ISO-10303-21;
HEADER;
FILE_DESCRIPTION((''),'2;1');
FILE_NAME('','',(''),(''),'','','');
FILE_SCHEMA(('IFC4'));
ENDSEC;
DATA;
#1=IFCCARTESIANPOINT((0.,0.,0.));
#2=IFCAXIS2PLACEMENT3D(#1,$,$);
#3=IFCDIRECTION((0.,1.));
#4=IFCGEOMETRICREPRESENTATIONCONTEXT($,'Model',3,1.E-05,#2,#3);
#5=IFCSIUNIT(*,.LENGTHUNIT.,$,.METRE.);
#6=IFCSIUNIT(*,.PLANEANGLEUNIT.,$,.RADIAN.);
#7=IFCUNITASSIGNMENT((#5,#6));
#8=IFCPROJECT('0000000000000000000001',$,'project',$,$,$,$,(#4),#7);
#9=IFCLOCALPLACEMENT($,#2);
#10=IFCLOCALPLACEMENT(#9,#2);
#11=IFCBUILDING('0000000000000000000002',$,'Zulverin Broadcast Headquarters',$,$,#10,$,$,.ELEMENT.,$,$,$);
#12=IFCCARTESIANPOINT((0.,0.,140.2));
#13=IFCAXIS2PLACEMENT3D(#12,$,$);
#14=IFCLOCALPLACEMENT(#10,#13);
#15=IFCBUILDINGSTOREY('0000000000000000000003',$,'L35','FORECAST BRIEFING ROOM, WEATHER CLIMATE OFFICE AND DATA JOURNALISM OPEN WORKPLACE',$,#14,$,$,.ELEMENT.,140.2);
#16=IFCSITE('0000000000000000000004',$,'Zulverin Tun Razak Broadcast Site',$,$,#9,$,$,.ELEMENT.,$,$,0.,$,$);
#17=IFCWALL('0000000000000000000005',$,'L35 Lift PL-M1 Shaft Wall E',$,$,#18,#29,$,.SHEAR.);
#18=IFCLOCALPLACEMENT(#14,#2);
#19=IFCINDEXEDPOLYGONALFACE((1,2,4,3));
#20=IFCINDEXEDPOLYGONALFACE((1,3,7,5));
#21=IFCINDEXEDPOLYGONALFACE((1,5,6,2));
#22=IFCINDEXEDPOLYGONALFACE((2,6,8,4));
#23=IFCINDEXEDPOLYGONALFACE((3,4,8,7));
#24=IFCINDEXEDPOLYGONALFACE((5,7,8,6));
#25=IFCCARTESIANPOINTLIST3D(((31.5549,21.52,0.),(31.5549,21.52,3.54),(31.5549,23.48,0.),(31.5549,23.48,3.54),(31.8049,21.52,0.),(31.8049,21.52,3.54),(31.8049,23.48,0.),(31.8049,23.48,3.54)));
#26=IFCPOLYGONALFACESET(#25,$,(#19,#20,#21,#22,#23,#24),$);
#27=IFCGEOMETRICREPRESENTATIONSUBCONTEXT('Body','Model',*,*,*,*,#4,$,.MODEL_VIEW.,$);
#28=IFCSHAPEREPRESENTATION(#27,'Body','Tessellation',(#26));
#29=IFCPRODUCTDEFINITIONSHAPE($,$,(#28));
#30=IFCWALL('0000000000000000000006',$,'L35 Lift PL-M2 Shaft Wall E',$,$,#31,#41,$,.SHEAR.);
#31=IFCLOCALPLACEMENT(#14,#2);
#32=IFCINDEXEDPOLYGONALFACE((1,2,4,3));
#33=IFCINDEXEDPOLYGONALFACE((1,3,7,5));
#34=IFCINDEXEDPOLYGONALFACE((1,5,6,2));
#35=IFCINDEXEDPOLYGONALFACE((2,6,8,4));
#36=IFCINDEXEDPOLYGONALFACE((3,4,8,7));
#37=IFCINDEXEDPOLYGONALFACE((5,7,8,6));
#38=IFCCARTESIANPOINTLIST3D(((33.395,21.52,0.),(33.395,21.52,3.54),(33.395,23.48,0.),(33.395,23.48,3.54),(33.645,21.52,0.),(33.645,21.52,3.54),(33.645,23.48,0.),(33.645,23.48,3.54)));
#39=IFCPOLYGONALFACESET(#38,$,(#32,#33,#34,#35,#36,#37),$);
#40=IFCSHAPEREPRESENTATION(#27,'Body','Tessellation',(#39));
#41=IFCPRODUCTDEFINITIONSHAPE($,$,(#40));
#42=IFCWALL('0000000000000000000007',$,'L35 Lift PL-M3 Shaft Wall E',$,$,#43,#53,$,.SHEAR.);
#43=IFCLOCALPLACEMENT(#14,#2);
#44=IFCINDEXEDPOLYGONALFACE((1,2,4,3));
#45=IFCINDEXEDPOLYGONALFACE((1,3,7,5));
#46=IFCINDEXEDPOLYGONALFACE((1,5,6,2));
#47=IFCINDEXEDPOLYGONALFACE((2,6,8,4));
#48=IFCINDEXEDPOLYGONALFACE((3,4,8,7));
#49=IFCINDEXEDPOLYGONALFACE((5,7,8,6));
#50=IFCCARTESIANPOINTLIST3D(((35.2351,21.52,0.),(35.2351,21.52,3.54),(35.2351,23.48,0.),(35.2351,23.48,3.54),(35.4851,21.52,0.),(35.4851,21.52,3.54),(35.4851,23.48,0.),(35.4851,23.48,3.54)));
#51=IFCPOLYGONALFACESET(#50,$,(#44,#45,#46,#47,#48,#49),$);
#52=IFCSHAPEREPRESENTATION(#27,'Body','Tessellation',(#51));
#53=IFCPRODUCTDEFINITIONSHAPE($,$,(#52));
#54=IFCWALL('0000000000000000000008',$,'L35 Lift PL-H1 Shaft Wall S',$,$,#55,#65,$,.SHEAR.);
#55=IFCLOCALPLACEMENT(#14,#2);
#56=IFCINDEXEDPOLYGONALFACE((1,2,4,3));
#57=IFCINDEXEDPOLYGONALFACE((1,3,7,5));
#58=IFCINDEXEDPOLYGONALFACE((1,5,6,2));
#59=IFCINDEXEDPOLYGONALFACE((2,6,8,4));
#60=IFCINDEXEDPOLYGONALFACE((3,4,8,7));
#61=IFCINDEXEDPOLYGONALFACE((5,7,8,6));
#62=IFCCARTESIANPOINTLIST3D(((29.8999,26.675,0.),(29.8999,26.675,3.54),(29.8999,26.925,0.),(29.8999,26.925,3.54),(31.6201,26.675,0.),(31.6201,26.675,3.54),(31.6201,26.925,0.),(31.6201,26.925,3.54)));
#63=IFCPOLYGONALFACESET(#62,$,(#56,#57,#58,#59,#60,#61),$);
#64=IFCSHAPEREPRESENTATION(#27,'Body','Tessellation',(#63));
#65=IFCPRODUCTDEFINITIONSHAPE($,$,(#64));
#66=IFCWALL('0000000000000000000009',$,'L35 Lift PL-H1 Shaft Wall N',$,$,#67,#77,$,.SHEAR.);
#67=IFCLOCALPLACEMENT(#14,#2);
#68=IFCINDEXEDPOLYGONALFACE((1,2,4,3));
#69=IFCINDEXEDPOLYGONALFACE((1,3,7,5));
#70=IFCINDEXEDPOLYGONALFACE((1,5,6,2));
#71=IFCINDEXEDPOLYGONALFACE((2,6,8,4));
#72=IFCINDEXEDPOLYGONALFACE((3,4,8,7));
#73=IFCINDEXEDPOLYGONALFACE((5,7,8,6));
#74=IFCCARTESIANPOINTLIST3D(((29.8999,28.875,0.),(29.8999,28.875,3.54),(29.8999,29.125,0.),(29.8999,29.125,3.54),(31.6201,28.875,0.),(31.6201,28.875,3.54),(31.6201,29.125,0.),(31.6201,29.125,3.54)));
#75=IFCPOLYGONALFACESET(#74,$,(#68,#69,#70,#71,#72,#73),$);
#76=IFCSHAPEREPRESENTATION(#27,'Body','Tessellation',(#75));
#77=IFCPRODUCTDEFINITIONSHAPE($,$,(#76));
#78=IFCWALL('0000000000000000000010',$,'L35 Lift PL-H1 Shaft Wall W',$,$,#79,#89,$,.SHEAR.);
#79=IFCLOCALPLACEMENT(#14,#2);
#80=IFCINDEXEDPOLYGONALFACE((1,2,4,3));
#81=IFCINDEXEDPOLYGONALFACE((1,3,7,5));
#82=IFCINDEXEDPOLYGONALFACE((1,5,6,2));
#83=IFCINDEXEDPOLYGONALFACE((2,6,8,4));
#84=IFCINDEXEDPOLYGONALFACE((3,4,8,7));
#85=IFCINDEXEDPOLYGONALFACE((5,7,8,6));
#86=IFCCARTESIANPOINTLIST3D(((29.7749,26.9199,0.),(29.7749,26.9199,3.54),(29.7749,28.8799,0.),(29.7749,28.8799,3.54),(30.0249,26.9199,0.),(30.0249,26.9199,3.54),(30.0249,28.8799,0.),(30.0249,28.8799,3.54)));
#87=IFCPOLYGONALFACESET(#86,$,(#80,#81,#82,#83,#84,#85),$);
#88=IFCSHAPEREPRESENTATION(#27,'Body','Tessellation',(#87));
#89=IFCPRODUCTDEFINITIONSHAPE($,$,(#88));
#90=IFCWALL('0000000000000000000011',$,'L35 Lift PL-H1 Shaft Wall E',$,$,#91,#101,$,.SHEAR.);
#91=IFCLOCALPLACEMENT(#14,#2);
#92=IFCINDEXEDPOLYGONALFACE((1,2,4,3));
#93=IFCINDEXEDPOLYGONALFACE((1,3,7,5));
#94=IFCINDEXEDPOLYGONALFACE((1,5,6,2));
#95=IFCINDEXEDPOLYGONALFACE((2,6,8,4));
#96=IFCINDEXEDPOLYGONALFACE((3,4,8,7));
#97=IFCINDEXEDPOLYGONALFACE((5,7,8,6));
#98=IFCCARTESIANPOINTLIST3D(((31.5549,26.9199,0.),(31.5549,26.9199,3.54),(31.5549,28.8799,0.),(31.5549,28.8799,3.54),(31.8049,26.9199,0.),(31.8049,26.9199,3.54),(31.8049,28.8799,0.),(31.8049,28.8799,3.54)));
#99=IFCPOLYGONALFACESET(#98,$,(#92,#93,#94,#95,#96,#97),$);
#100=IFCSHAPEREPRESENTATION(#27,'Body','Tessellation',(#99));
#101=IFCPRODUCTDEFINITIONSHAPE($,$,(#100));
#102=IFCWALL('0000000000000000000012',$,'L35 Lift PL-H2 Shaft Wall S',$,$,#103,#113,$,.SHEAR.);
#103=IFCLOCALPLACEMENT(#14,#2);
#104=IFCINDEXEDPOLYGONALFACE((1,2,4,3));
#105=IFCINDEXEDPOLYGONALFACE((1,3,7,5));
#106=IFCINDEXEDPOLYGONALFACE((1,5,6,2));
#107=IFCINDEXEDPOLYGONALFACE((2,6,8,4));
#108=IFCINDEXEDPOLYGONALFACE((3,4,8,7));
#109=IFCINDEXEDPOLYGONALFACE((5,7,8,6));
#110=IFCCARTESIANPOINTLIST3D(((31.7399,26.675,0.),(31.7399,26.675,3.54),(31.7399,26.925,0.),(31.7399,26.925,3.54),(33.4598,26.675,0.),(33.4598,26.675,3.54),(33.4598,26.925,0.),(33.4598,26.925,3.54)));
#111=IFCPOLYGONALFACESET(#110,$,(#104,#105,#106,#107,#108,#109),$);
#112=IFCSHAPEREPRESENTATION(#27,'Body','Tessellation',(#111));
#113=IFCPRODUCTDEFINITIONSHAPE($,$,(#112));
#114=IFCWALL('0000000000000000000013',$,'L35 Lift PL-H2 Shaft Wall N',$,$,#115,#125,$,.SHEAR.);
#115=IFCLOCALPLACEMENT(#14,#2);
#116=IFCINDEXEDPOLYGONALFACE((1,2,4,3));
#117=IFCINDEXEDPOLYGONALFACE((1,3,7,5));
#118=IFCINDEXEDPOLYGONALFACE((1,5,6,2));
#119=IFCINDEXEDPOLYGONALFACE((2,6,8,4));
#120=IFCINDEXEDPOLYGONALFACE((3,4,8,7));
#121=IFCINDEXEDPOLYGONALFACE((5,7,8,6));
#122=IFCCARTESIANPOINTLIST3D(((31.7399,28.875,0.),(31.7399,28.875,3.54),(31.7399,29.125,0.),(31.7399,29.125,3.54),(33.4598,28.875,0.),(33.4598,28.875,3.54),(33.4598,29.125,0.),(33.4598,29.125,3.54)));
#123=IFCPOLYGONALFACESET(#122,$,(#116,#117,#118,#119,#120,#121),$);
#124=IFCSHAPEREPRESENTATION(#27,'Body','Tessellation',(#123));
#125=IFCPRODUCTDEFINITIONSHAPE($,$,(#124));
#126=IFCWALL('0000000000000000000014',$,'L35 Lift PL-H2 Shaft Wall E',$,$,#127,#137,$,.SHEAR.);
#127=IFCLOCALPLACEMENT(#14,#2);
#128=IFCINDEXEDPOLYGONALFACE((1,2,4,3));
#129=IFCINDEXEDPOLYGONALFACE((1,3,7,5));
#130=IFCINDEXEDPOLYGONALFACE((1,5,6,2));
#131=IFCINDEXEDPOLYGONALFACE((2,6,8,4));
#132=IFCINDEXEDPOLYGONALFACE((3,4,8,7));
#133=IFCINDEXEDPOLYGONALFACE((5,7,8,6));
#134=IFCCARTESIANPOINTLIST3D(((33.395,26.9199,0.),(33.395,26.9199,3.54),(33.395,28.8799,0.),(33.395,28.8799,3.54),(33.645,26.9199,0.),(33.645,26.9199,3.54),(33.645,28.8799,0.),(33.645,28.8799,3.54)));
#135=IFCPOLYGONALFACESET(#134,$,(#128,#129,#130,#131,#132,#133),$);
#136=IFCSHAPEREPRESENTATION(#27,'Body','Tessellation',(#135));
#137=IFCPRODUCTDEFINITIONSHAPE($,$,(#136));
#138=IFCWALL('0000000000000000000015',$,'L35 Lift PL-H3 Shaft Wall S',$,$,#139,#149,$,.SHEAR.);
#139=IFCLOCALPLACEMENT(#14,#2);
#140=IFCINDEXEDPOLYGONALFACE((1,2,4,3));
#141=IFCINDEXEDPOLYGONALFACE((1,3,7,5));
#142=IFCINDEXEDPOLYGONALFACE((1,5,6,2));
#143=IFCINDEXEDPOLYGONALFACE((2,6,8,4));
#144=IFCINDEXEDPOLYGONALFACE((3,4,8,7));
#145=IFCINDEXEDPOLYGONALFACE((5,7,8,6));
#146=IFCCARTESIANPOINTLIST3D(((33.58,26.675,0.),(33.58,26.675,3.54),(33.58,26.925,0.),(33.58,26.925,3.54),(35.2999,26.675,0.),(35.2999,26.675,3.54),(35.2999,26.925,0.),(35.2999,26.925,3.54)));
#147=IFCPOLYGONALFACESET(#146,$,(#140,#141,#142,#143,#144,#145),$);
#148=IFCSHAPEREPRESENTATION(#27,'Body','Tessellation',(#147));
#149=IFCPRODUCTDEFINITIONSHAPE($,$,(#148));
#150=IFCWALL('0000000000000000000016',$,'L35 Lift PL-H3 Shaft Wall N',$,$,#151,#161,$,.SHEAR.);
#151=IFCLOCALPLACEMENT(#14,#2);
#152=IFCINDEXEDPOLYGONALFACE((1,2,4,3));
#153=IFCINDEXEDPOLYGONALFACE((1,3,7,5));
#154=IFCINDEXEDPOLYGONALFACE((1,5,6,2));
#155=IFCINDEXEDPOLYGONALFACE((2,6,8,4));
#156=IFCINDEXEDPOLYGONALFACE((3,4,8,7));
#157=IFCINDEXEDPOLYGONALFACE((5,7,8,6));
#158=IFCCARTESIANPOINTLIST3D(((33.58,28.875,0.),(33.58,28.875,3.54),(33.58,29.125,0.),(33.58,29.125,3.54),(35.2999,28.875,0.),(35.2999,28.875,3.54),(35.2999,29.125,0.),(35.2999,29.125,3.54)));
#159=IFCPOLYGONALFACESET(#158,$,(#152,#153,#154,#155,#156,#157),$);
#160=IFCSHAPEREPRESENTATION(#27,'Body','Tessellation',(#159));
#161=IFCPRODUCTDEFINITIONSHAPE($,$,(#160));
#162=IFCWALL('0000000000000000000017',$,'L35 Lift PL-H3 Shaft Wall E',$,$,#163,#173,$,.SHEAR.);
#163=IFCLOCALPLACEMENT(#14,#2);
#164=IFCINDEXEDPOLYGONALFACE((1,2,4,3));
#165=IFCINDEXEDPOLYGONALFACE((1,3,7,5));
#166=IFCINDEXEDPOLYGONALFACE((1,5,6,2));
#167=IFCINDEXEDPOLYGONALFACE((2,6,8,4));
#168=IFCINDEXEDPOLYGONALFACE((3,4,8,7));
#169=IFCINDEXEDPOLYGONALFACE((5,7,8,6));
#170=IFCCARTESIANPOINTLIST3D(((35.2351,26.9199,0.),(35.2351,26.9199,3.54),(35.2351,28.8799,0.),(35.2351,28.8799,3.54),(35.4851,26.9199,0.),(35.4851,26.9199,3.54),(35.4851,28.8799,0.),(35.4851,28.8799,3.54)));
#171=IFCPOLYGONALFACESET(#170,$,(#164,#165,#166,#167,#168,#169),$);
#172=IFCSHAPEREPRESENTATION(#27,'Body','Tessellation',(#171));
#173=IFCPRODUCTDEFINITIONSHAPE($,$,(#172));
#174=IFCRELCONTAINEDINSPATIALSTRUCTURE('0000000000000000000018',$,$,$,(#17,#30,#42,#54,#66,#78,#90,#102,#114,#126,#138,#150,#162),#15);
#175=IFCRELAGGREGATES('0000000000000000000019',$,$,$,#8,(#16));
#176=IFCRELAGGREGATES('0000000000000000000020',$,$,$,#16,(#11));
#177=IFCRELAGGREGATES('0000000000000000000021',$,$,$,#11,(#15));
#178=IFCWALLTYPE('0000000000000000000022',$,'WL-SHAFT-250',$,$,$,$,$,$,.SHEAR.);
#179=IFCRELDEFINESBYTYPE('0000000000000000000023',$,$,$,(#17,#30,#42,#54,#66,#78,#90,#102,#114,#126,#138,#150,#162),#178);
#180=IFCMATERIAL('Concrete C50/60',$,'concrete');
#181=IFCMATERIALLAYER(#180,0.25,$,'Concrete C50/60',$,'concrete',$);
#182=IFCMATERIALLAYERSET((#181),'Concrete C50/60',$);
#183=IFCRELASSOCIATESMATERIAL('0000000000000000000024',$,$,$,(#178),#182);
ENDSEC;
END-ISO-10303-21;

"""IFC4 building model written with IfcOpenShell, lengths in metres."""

from ifc_helpers import new_model, si_unit, direction, frame, frame_2d, origin, place, context, subcontext, project, spatial, rectangle, extrude, material, layer, layer_set, type_object, element, save


model = new_model("IFC4")

# Units and contexts
model_context = context("Model", 3, precision=1e-05, world=origin(), true_north=direction((0.0, 1.0)))
body_context = subcontext(model_context, "Body", "Model", "MODEL_VIEW")
ifc_project = project(units=[si_unit("LENGTHUNIT", "METRE"), si_unit("PLANEANGLEUNIT", "RADIAN")], contexts=[model_context])

# Site, building, storey
site_placement = place(None, origin())
site = spatial("IfcSite", under=ifc_project, at=site_placement, Name="Zulverin Tun Razak Broadcast Site", CompositionType="ELEMENT", RefElevation=0.0)
building_placement = place(site_placement, origin())
building = spatial("IfcBuilding", under=site, at=building_placement, Name="Zulverin Broadcast Headquarters", CompositionType="ELEMENT")
storey_placement = place(building_placement, frame((0.0, 0.0, 140.2)))
storey = spatial("IfcBuildingStorey", under=building, at=storey_placement, Name="L35", Description="FORECAST BRIEFING ROOM, WEATHER CLIMATE OFFICE AND DATA JOURNALISM OPEN WORKPLACE", CompositionType="ELEMENT", Elevation=140.2)

# Shared definitions
ifc_material_1 = material(Name="Concrete C50/60", Category="concrete")
ifc_layer_1 = layer(ifc_material_1, 0.25, Name="Concrete C50/60", Category="concrete")
ifc_layer_set_1 = layer_set([ifc_layer_1], Name="Concrete C50/60")
wall_type_1 = type_object("IfcWallType", Name="WL-SHAFT-250", PredefinedType="SHEAR", material=ifc_layer_set_1)

# Wall
wall_1_placement = place(storey_placement, frame((31.6799, 21.52, 0.0), z_axis=(0.0, 0.0, 1.0), x_axis=(0.0, 1.0, 0.0)))
element("IfcWall", 1, at=wall_1_placement, inside=storey, type_object=wall_type_1, Name="L35 Lift PL-M1 Shaft Wall E", PredefinedType="SHEAR", context=body_context, shape_type="SweptSolid", body=[
    extrude(rectangle(XDim=1.96, YDim=0.25, at=frame_2d((0.98, 0.0))), origin(), (0.0, 0.0, 1.0), 3.54),
])

# Wall
wall_2_placement = place(storey_placement, frame((33.52, 21.52, 0.0), z_axis=(0.0, 0.0, 1.0), x_axis=(0.0, 1.0, 0.0)))
element("IfcWall", 2, at=wall_2_placement, inside=storey, type_object=wall_type_1, Name="L35 Lift PL-M2 Shaft Wall E", PredefinedType="SHEAR", context=body_context, shape_type="SweptSolid", body=[
    extrude(rectangle(XDim=1.96, YDim=0.25, at=frame_2d((0.98, 0.0))), origin(), (0.0, 0.0, 1.0), 3.54),
])

# Walls
wall_3_placement = place(storey_placement, frame((35.3601, 21.52, 0.0), z_axis=(0.0, 0.0, 1.0), x_axis=(0.0, 1.0, 0.0)))
element("IfcWall", 3, at=wall_3_placement, inside=storey, type_object=wall_type_1, Name="L35 Lift PL-M3 Shaft Wall E", PredefinedType="SHEAR", context=body_context, shape_type="SweptSolid", body=[
    extrude(rectangle(XDim=1.96, YDim=0.25, at=frame_2d((0.98, 0.0))), origin(), (0.0, 0.0, 1.0), 3.54),
])
for number, where, z_axis, x_axis, name in (
    (4, (29.8999, 26.8, 0.0), (0.0, 0.0, 1.0), (1.0, 0.0, 0.0), "L35 Lift PL-H1 Shaft Wall S"),
    (5, (29.8999, 29.0, 0.0), (0.0, 0.0, 1.0), (1.0, 0.0, 0.0), "L35 Lift PL-H1 Shaft Wall N"),
):
    element("IfcWall", number, at=place(storey_placement, frame(where, z_axis=z_axis, x_axis=x_axis)), inside=storey, type_object=wall_type_1, Name=name, PredefinedType="SHEAR", context=body_context, shape_type="SweptSolid", body=[
        extrude(rectangle(XDim=1.7202, YDim=0.25, at=frame_2d((0.8601, 0.0))), origin(), (0.0, 0.0, 1.0), 3.54),
    ])
for number, where, z_axis, x_axis, name in (
    (6, (29.8999, 26.9199, 0.0), (0.0, 0.0, 1.0), (0.0, 1.0, 0.0), "L35 Lift PL-H1 Shaft Wall W"),
    (7, (31.6799, 26.9199, 0.0), (0.0, 0.0, 1.0), (0.0, 1.0, 0.0), "L35 Lift PL-H1 Shaft Wall E"),
):
    element("IfcWall", number, at=place(storey_placement, frame(where, z_axis=z_axis, x_axis=x_axis)), inside=storey, type_object=wall_type_1, Name=name, PredefinedType="SHEAR", context=body_context, shape_type="SweptSolid", body=[
        extrude(rectangle(XDim=1.96, YDim=0.25, at=frame_2d((0.98, 0.0))), origin(), (0.0, 0.0, 1.0), 3.54),
    ])
for number, where, z_axis, x_axis, name in (
    (8, (31.74, 26.8, 0.0), (0.0, 0.0, 1.0), (1.0, 0.0, 0.0), "L35 Lift PL-H2 Shaft Wall S"),
    (9, (31.74, 29.0, 0.0), (0.0, 0.0, 1.0), (1.0, 0.0, 0.0), "L35 Lift PL-H2 Shaft Wall N"),
):
    element("IfcWall", number, at=place(storey_placement, frame(where, z_axis=z_axis, x_axis=x_axis)), inside=storey, type_object=wall_type_1, Name=name, PredefinedType="SHEAR", context=body_context, shape_type="SweptSolid", body=[
        extrude(rectangle(XDim=1.72, YDim=0.25, at=frame_2d((0.8599, 0.0))), origin(), (0.0, 0.0, 1.0), 3.54),
    ])
wall_4_placement = place(storey_placement, frame((33.52, 26.9199, 0.0), z_axis=(0.0, 0.0, 1.0), x_axis=(0.0, 1.0, 0.0)))
element("IfcWall", 10, at=wall_4_placement, inside=storey, type_object=wall_type_1, Name="L35 Lift PL-H2 Shaft Wall E", PredefinedType="SHEAR", context=body_context, shape_type="SweptSolid", body=[
    extrude(rectangle(XDim=1.96, YDim=0.25, at=frame_2d((0.98, 0.0))), origin(), (0.0, 0.0, 1.0), 3.54),
])
for number, where, z_axis, x_axis, name in (
    (11, (33.5801, 26.8, 0.0), (0.0, 0.0, 1.0), (1.0, 0.0, 0.0), "L35 Lift PL-H3 Shaft Wall S"),
    (12, (33.5801, 29.0, 0.0), (0.0, 0.0, 1.0), (1.0, 0.0, 0.0), "L35 Lift PL-H3 Shaft Wall N"),
):
    element("IfcWall", number, at=place(storey_placement, frame(where, z_axis=z_axis, x_axis=x_axis)), inside=storey, type_object=wall_type_1, Name=name, PredefinedType="SHEAR", context=body_context, shape_type="SweptSolid", body=[
        extrude(rectangle(XDim=1.72, YDim=0.25, at=frame_2d((0.8599, 0.0))), origin(), (0.0, 0.0, 1.0), 3.54),
    ])
wall_5_placement = place(storey_placement, frame((35.3601, 26.9199, 0.0), z_axis=(0.0, 0.0, 1.0), x_axis=(0.0, 1.0, 0.0)))
element("IfcWall", 13, at=wall_5_placement, inside=storey, type_object=wall_type_1, Name="L35 Lift PL-H3 Shaft Wall E", PredefinedType="SHEAR", context=body_context, shape_type="SweptSolid", body=[
    extrude(rectangle(XDim=1.96, YDim=0.25, at=frame_2d((0.98, 0.0))), origin(), (0.0, 0.0, 1.0), 3.54),
])

save(model, "model.ifc")
